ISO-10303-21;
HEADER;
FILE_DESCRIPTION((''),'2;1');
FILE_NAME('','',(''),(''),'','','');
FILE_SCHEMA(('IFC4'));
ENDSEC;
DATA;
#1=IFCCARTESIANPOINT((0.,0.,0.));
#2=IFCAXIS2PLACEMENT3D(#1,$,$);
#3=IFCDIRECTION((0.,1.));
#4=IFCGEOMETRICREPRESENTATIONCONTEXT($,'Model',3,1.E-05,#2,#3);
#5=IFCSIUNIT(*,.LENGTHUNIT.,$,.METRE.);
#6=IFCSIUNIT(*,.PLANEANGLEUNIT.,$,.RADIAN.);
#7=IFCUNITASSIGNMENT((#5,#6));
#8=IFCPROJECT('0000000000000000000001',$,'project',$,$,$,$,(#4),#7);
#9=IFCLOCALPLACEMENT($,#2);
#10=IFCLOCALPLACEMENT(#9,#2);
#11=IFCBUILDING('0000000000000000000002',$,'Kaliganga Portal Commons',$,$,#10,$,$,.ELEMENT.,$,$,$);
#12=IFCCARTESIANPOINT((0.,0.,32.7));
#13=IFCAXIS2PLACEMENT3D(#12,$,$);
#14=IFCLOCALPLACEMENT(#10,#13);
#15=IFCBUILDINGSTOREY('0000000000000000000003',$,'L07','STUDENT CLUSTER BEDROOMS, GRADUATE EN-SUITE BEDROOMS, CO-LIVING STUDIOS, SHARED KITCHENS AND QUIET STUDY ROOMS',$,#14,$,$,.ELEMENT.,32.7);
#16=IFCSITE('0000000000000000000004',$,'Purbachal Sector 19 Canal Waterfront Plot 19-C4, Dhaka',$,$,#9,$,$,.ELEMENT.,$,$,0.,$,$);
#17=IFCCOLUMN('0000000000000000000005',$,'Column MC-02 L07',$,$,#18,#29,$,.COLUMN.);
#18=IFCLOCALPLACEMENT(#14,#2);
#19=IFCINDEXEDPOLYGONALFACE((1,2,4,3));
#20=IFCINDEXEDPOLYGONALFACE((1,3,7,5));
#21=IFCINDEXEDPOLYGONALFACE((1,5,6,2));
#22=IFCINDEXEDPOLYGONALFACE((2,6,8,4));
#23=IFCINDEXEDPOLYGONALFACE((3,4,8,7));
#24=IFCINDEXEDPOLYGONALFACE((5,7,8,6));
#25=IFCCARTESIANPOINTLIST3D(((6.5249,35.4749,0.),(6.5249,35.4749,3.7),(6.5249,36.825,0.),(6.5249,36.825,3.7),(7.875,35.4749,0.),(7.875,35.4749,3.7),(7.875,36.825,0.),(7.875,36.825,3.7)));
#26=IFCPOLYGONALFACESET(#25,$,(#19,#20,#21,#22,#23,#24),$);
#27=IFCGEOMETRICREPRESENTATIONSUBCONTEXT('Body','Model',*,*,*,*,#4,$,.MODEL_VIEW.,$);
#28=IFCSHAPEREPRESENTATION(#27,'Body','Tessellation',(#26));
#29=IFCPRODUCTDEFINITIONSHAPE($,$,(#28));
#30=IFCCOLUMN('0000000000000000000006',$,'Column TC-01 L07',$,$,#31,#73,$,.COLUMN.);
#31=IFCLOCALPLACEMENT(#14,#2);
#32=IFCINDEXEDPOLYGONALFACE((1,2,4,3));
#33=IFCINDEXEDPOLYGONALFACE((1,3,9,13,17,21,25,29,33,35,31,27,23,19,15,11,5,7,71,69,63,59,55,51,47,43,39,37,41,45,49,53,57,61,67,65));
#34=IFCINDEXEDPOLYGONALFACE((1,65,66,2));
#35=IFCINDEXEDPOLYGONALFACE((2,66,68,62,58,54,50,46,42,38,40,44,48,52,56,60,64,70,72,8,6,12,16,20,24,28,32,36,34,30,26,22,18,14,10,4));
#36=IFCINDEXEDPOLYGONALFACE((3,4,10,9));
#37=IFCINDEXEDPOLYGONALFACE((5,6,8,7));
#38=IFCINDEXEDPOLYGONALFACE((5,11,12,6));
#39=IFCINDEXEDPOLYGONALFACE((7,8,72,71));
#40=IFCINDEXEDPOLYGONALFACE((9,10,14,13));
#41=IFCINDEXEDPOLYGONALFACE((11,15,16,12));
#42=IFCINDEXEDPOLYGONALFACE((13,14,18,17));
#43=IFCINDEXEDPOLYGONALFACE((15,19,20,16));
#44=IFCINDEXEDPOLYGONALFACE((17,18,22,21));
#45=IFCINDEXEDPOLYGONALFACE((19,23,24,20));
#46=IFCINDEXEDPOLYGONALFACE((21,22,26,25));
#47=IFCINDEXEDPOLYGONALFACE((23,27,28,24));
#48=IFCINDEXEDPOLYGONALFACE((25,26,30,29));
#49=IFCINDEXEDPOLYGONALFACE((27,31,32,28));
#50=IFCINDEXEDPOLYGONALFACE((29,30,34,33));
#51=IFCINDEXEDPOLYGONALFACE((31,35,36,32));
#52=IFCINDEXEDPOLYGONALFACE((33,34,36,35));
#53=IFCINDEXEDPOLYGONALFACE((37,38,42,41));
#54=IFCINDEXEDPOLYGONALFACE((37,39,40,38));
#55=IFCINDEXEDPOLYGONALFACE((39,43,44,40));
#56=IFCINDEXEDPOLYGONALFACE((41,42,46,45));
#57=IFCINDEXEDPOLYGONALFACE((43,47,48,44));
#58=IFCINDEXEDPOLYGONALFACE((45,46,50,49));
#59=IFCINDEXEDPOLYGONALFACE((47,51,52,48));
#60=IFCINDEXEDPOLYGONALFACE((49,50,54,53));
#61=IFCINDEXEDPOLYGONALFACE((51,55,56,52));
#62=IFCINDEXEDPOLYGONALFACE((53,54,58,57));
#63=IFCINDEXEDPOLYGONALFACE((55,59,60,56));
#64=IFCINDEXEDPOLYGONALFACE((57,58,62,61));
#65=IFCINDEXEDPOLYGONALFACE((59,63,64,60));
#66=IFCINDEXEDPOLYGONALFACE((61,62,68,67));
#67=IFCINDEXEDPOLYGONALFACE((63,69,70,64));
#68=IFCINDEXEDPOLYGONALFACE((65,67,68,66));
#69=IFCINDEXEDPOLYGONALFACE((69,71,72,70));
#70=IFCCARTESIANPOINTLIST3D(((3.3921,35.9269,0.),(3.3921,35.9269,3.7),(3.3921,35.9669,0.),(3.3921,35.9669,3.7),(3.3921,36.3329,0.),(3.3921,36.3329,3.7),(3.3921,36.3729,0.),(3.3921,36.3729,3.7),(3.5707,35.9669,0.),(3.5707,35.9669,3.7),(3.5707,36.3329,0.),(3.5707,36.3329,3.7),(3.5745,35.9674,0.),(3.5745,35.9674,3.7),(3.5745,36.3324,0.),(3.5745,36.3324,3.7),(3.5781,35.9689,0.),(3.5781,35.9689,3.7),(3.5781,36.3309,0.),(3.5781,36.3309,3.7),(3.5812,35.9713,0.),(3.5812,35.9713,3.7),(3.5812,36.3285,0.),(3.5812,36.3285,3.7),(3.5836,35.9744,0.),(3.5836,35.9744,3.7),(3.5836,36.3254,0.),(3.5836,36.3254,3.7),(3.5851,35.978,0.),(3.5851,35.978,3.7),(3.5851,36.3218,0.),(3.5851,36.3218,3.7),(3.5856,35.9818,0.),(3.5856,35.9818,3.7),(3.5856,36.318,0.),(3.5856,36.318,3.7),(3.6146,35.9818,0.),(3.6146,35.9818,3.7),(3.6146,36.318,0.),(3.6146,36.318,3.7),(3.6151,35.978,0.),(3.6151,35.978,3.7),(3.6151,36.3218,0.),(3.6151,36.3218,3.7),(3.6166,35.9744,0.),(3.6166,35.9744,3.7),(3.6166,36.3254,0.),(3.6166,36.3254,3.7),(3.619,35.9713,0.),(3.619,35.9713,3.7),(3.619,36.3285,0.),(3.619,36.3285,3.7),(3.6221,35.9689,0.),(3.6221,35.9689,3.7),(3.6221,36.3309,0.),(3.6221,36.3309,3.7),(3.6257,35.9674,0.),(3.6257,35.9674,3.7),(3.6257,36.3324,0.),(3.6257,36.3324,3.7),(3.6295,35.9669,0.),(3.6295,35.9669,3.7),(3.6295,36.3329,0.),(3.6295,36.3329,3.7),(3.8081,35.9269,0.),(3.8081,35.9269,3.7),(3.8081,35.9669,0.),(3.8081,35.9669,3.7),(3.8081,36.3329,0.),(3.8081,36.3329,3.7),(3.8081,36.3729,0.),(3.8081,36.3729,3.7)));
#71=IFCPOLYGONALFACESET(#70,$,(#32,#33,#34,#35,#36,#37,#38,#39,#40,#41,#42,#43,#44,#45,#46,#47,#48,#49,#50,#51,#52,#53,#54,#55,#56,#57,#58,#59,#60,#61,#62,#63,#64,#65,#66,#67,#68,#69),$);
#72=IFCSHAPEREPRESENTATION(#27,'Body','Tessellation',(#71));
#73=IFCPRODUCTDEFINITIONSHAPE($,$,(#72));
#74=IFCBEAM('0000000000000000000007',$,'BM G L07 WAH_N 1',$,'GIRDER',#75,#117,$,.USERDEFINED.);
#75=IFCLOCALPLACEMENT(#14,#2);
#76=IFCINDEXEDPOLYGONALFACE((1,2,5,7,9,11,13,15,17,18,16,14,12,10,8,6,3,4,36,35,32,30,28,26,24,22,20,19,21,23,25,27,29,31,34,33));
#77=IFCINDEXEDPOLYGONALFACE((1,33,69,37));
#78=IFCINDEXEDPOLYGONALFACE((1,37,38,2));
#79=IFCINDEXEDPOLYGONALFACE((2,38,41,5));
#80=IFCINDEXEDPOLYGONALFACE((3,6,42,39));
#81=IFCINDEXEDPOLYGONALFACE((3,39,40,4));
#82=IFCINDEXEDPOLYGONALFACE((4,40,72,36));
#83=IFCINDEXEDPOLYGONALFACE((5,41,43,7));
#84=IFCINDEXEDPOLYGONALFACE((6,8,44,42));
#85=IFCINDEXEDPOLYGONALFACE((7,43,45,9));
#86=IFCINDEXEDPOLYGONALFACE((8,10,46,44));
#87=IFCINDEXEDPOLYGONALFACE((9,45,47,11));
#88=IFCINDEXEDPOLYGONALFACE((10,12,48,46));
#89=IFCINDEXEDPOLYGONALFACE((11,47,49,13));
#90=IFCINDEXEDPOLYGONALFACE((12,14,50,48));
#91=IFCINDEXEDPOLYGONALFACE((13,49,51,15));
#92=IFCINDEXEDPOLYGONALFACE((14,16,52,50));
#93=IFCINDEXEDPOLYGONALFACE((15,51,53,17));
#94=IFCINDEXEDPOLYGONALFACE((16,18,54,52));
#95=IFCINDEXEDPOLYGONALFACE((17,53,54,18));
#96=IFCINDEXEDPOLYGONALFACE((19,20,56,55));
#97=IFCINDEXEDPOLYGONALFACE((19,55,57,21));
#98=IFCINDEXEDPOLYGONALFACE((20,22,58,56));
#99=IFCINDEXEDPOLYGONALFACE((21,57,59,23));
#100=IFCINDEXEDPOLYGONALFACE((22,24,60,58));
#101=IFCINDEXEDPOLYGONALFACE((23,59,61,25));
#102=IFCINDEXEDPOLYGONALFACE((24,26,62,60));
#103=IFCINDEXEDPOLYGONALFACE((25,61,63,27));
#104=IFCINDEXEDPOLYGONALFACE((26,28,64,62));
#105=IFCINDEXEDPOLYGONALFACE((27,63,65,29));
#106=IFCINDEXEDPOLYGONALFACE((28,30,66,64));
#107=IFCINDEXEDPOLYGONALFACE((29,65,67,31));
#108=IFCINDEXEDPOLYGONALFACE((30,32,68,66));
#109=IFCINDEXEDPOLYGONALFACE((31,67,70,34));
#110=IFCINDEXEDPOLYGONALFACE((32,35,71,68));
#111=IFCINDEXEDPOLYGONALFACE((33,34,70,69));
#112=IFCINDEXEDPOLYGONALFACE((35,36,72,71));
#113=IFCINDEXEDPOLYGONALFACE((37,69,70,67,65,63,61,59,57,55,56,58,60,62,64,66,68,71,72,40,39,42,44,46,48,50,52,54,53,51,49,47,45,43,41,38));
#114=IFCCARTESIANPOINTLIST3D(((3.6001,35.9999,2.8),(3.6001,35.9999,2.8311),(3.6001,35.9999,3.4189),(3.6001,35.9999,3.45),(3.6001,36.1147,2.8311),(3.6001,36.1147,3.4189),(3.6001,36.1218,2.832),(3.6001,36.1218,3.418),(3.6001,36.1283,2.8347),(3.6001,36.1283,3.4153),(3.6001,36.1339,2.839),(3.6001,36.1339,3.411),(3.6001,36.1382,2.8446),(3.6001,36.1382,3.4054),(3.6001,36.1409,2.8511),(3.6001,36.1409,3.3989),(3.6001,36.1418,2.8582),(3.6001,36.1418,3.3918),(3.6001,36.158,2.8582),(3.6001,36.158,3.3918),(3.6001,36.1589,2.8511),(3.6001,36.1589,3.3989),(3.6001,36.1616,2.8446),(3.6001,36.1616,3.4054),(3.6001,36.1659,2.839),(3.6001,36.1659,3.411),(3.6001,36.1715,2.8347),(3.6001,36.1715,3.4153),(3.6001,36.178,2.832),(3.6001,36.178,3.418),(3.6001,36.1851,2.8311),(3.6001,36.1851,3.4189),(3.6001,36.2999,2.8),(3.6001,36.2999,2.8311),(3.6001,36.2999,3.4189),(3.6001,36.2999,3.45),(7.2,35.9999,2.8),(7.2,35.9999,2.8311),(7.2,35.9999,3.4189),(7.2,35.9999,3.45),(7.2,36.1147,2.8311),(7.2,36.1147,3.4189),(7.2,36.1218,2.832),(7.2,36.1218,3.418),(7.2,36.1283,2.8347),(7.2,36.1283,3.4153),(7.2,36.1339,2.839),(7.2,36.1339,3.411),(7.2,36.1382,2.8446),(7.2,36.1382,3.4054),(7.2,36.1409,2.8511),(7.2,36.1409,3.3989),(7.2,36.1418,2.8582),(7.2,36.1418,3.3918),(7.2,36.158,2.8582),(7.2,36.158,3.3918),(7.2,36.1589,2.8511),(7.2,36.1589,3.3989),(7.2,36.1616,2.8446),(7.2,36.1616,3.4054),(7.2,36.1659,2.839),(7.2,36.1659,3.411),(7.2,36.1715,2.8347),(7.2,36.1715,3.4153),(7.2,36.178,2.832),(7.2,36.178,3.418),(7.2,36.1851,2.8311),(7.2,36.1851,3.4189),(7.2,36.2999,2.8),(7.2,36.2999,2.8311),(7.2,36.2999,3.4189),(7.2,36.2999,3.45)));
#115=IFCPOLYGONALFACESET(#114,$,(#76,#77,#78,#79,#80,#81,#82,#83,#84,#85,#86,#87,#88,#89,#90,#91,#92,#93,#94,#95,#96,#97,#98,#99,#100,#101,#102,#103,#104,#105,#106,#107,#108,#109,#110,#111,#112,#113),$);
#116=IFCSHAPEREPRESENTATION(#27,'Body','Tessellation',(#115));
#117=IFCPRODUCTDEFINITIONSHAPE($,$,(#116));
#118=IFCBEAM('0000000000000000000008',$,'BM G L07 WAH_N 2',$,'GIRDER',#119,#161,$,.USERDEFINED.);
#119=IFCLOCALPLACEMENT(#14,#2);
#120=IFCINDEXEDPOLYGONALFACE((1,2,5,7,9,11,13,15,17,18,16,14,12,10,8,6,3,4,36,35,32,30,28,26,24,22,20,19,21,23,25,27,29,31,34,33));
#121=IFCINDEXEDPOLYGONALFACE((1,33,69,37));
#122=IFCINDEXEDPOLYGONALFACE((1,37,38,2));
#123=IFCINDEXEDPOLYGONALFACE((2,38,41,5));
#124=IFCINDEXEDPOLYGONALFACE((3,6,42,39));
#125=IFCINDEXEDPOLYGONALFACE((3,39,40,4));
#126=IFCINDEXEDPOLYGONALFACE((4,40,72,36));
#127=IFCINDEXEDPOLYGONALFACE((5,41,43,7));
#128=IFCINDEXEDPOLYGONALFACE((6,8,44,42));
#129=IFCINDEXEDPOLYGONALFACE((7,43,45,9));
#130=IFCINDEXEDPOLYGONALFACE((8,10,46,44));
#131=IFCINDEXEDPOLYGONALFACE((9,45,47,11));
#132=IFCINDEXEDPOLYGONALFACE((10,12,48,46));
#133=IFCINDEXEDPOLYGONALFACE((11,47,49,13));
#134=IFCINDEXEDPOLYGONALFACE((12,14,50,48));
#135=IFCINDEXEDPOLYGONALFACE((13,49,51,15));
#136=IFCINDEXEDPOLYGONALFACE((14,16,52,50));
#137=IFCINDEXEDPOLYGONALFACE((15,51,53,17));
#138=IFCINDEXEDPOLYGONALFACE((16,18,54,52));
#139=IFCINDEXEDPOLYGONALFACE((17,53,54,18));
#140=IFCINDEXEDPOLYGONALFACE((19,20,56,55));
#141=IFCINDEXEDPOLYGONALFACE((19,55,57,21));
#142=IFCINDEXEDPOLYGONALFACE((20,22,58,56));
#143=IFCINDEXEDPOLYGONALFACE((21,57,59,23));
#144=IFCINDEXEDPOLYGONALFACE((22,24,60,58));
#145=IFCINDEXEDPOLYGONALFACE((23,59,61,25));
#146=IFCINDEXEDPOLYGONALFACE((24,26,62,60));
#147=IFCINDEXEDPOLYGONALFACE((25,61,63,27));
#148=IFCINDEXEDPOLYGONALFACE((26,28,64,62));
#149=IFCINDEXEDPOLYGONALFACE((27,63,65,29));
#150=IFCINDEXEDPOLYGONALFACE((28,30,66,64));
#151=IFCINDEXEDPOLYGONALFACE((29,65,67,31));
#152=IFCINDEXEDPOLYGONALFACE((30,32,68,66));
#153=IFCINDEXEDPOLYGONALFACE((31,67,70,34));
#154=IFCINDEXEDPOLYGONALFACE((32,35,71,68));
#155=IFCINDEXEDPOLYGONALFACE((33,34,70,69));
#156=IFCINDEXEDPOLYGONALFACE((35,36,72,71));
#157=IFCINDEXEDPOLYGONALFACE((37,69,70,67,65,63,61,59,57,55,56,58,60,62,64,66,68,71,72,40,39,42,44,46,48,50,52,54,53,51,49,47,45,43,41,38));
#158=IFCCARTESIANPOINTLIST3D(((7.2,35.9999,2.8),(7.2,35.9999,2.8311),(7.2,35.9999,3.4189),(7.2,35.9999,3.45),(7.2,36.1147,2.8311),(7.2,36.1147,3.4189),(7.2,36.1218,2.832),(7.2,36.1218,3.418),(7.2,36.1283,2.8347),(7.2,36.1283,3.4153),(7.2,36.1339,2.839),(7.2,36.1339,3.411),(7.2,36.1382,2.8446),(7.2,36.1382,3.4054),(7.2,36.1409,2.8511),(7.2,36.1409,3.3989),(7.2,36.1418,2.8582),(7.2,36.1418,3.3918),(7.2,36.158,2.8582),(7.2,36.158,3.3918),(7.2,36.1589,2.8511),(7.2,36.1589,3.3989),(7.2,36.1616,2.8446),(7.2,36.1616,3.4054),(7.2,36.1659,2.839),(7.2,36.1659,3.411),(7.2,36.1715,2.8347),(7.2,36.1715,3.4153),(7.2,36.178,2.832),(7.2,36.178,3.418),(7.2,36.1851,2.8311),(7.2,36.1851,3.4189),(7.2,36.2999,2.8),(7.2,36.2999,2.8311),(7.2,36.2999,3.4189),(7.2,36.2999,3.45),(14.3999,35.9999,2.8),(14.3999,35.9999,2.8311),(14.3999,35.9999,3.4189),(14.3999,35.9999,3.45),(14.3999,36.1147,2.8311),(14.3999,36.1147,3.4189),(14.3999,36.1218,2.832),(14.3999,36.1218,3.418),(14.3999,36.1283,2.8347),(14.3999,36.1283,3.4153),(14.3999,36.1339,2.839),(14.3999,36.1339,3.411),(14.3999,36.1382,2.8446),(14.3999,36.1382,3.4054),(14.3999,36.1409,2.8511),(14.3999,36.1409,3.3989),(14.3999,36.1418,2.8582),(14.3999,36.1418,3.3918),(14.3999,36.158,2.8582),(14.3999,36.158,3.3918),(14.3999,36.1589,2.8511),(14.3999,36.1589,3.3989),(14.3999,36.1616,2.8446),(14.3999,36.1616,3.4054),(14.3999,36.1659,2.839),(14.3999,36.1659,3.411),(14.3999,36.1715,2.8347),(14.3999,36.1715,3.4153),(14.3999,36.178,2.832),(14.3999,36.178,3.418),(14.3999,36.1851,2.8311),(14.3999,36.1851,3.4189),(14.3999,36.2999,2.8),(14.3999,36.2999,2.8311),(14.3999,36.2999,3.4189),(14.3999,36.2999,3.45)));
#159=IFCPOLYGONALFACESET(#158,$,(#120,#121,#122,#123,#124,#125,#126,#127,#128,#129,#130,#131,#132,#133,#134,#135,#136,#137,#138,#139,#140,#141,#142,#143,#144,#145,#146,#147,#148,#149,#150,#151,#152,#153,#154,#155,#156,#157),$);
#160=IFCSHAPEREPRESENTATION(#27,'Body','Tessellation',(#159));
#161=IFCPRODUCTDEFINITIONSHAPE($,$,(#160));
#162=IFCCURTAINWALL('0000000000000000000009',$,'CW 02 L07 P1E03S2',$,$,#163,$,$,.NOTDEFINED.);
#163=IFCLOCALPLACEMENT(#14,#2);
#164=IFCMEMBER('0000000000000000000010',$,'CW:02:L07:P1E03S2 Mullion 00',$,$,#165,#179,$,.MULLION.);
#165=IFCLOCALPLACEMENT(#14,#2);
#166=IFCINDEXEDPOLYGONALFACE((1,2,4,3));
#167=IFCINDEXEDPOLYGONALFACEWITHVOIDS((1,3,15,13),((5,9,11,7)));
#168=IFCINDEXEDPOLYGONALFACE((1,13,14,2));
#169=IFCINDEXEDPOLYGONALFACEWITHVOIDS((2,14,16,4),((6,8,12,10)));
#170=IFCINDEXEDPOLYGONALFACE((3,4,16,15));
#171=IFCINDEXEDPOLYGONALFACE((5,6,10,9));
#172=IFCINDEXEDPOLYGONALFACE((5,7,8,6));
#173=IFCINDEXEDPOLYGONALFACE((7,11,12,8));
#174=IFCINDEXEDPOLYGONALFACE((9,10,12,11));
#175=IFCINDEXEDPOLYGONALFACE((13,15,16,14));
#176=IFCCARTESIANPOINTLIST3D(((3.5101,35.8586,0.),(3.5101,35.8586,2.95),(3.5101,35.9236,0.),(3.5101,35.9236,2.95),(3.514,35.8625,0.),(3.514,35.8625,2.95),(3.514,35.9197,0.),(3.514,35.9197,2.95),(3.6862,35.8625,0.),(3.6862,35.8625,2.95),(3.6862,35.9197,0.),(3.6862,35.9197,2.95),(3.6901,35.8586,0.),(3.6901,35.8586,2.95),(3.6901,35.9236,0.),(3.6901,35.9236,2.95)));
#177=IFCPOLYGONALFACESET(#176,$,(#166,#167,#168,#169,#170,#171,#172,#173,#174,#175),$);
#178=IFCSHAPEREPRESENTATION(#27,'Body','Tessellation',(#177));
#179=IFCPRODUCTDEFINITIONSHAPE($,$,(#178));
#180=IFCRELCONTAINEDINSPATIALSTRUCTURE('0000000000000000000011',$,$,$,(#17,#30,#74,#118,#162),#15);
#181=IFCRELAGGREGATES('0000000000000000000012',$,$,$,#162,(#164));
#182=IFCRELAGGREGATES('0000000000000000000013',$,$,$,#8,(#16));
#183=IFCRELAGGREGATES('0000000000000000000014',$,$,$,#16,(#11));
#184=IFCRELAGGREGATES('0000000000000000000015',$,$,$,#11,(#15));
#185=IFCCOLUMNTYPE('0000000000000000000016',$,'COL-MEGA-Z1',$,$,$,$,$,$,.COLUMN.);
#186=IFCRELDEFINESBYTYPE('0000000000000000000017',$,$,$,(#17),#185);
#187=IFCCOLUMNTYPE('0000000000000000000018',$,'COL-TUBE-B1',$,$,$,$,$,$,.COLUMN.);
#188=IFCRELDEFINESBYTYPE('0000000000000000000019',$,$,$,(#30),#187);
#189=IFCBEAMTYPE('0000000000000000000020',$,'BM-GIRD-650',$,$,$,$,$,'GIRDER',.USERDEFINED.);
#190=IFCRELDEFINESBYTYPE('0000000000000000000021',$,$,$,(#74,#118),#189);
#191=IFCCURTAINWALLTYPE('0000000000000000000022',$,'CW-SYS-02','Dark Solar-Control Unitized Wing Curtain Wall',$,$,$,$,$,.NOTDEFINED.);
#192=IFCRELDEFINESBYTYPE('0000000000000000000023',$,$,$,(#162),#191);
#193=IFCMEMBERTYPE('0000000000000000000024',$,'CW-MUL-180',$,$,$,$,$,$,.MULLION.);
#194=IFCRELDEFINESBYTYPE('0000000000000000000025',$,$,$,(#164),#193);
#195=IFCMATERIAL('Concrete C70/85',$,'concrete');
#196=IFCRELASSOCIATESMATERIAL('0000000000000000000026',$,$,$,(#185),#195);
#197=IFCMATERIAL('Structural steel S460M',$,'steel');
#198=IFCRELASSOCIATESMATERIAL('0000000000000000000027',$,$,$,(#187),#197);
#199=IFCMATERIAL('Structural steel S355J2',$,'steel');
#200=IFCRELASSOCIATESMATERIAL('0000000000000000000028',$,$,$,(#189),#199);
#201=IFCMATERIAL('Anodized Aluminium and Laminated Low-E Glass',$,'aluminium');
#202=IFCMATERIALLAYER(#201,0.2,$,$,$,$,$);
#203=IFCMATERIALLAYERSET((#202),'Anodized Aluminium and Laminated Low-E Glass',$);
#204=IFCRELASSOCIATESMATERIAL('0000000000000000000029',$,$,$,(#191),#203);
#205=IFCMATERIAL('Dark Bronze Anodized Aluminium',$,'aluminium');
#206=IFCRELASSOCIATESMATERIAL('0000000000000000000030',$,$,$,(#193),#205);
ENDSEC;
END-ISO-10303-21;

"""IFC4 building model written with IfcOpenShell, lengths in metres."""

from ifc_helpers import new_model, si_unit, direction, frame, origin, origin_2d, place, context, subcontext, project, spatial, rectangle, hollow_rectangle, i_section, extrude, source, transform, mapped, material, layer, layer_set, material_profile, profile_set, type_object, element, aggregate, save


model = new_model("IFC4")

# Units and contexts
model_context = context("Model", 3, precision=1e-05, world=origin(), true_north=direction((0.0, 1.0)))
body_context = subcontext(model_context, "Body", "Model", "MODEL_VIEW")
ifc_project = project(units=[si_unit("LENGTHUNIT", "METRE"), si_unit("PLANEANGLEUNIT", "RADIAN")], contexts=[model_context])

# Site, building, storey
site_placement = place(None, origin())
site = spatial("IfcSite", under=ifc_project, at=site_placement, Name="Purbachal Sector 19 Canal Waterfront Plot 19-C4, Dhaka", CompositionType="ELEMENT", RefElevation=0.0)
building_placement = place(site_placement, origin())
building = spatial("IfcBuilding", under=site, at=building_placement, Name="Kaliganga Portal Commons", CompositionType="ELEMENT")
storey_placement = place(building_placement, frame((0.0, 0.0, 32.7)))
storey = spatial("IfcBuildingStorey", under=building, at=storey_placement, Name="L07", Description="STUDENT CLUSTER BEDROOMS, GRADUATE EN-SUITE BEDROOMS, CO-LIVING STUDIOS, SHARED KITCHENS AND QUIET STUDY ROOMS", CompositionType="ELEMENT", Elevation=32.7)

# Columns
ifc_material_1 = material(Name="Concrete C70/85", Category="concrete")
ifc_material_profile_1 = material_profile(ifc_material_1, rectangle(XDim=1.3501, YDim=1.3501, at=origin_2d()), Name="RC 1350x1350")
ifc_profile_set_1 = profile_set([ifc_material_profile_1], Name="Concrete C70/85")
column_type_1 = type_object("IfcColumnType", Name="COL-MEGA-Z1", PredefinedType="COLUMN", material=ifc_profile_set_1)
shared_shape_1 = source(origin(), body_context, "Body", "SweptSolid", [
    extrude(rectangle(XDim=1.3501, YDim=1.3501, at=origin_2d()), origin(), (0.0, 0.0, 1.0), 3.7),
])
column_1_placement = place(storey_placement, frame((7.2, 36.1499, 0.0), z_axis=(0.0, 0.0, 1.0), x_axis=(1.0, 0.0, 0.0)))
element("IfcColumn", 1, at=column_1_placement, inside=storey, type_object=column_type_1, Name="Column MC-02 L07", PredefinedType="COLUMN", context=body_context, shape_type="MappedRepresentation", body=[
    mapped(shared_shape_1, transform((0.0, 0.0, 0.0), x_axis=(1.0, 0.0, 0.0), y_axis=(0.0, 1.0, 0.0), z_axis=(0.0, 0.0, 1.0), scale=1.0)),
])
ifc_material_2 = material(Name="Structural steel S460M", Category="steel")
ifc_material_profile_2 = material_profile(ifc_material_2, i_section(OverallWidth=0.416, OverallDepth=0.446, WebThickness=0.0291, FlangeThickness=0.04, FilletRadius=0.0149, at=origin_2d()), Name="HD 400x509")
ifc_profile_set_2 = profile_set([ifc_material_profile_2], Name="Structural steel S460M wide-flange")
column_type_2 = type_object("IfcColumnType", Name="COL-TUBE-B1", PredefinedType="COLUMN", material=ifc_profile_set_2)
shared_shape_2 = source(origin(), body_context, "Body", "SweptSolid", [
    extrude(i_section(OverallWidth=0.416, OverallDepth=0.446, WebThickness=0.0291, FlangeThickness=0.04, FilletRadius=0.0149, at=origin_2d()), origin(), (0.0, 0.0, 1.0), 3.7),
])
column_2_placement = place(storey_placement, frame((3.6001, 36.1499, 0.0), z_axis=(0.0, 0.0, 1.0), x_axis=(1.0, 0.0, 0.0)))
element("IfcColumn", 2, at=column_2_placement, inside=storey, type_object=column_type_2, Name="Column TC-01 L07", PredefinedType="COLUMN", context=body_context, shape_type="MappedRepresentation", body=[
    mapped(shared_shape_2, transform((0.0, 0.0, 0.0), x_axis=(1.0, 0.0, 0.0), y_axis=(0.0, 1.0, 0.0), z_axis=(0.0, 0.0, 1.0), scale=1.0)),
])

# Beams
ifc_material_3 = material(Name="Structural steel S355J2", Category="steel")
ifc_material_profile_3 = material_profile(ifc_material_3, i_section(OverallWidth=0.3, OverallDepth=0.6499, WebThickness=0.0161, FlangeThickness=0.031, FilletRadius=0.0271, at=origin_2d()), Name="HE 650 B")
ifc_profile_set_3 = profile_set([ifc_material_profile_3], Name="Structural steel S355J2 wide-flange")
beam_type = type_object("IfcBeamType", Name="BM-GIRD-650", ElementType="GIRDER", PredefinedType="USERDEFINED", material=ifc_profile_set_3)
shared_shape_3 = source(origin(), body_context, "Body", "SweptSolid", [
    extrude(i_section(OverallWidth=0.3, OverallDepth=0.6499, WebThickness=0.0161, FlangeThickness=0.031, FilletRadius=0.0271, at=origin_2d()), origin(), (0.0, 0.0, 1.0), 3.5999),
])
beam_1_placement = place(storey_placement, frame((3.6001, 36.1499, 3.125), z_axis=(1.0, 0.0, 0.0), x_axis=(0.0, 1.0, 0.0)))
element("IfcBeam", 3, at=beam_1_placement, inside=storey, type_object=beam_type, Name="BM G L07 WAH_N 1", ObjectType="GIRDER", PredefinedType="USERDEFINED", context=body_context, shape_type="MappedRepresentation", body=[
    mapped(shared_shape_3, transform((0.0, 0.0, 0.0), x_axis=(1.0, 0.0, 0.0), y_axis=(0.0, 1.0, 0.0), z_axis=(0.0, 0.0, 1.0), scale=1.0)),
])
shared_shape_4 = source(origin(), body_context, "Body", "SweptSolid", [
    extrude(i_section(OverallWidth=0.3, OverallDepth=0.6499, WebThickness=0.0161, FlangeThickness=0.031, FilletRadius=0.0271, at=origin_2d()), origin(), (0.0, 0.0, 1.0), 7.2),
])
beam_2_placement = place(storey_placement, frame((7.2, 36.1499, 3.125), z_axis=(1.0, 0.0, 0.0), x_axis=(0.0, 1.0, 0.0)))
element("IfcBeam", 4, at=beam_2_placement, inside=storey, type_object=beam_type, Name="BM G L07 WAH_N 2", ObjectType="GIRDER", PredefinedType="USERDEFINED", context=body_context, shape_type="MappedRepresentation", body=[
    mapped(shared_shape_4, transform((0.0, 0.0, 0.0), x_axis=(1.0, 0.0, 0.0), y_axis=(0.0, 1.0, 0.0), z_axis=(0.0, 0.0, 1.0), scale=1.0)),
])

# Curtain wall, member
ifc_material_4 = material(Name="Anodized Aluminium and Laminated Low-E Glass", Category="aluminium")
ifc_layer_1 = layer(ifc_material_4, 0.2)
ifc_layer_set_1 = layer_set([ifc_layer_1], Name="Anodized Aluminium and Laminated Low-E Glass")
curtain_wall_type = type_object("IfcCurtainWallType", Name="CW-SYS-02", Description="Dark Solar-Control Unitized Wing Curtain Wall", PredefinedType="NOTDEFINED", material=ifc_layer_set_1)
curtain_wall_placement = place(storey_placement, origin())
curtain_wall = element("IfcCurtainWall", 5, at=curtain_wall_placement, inside=storey, type_object=curtain_wall_type, Name="CW 02 L07 P1E03S2", PredefinedType="NOTDEFINED")
ifc_material_5 = material(Name="Dark Bronze Anodized Aluminium", Category="aluminium")
ifc_material_profile_4 = material_profile(ifc_material_5, hollow_rectangle(XDim=0.0649, YDim=0.1799, WallThickness=0.0039, at=origin_2d()), Name="ALU MULL 65x180x4")
ifc_profile_set_4 = profile_set([ifc_material_profile_4], Name="Dark Bronze Anodized Aluminium")
member_type_1 = type_object("IfcMemberType", Name="CW-MUL-180", PredefinedType="MULLION", material=ifc_profile_set_4)
shared_shape_5 = source(origin(), body_context, "Body", "SweptSolid", [
    extrude(hollow_rectangle(XDim=0.0649, YDim=0.1799, WallThickness=0.0039, at=origin_2d()), origin(), (0.0, 0.0, 1.0), 2.95),
])
member_1_placement = place(storey_placement, frame((3.6001, 35.8911, 0.0), z_axis=(0.0, 0.0, 1.0), x_axis=(0.0, -1.0, 0.0)))
member_1 = element("IfcMember", 6, at=member_1_placement, type_object=member_type_1, Name="CW:02:L07:P1E03S2 Mullion 00", PredefinedType="MULLION", context=body_context, shape_type="MappedRepresentation", body=[
    mapped(shared_shape_5, transform((0.0, 0.0, 0.0), x_axis=(1.0, 0.0, 0.0), y_axis=(0.0, 1.0, 0.0), z_axis=(0.0, 0.0, 1.0), scale=1.0)),
])
aggregate(curtain_wall, [member_1])

save(model, "model.ifc")
